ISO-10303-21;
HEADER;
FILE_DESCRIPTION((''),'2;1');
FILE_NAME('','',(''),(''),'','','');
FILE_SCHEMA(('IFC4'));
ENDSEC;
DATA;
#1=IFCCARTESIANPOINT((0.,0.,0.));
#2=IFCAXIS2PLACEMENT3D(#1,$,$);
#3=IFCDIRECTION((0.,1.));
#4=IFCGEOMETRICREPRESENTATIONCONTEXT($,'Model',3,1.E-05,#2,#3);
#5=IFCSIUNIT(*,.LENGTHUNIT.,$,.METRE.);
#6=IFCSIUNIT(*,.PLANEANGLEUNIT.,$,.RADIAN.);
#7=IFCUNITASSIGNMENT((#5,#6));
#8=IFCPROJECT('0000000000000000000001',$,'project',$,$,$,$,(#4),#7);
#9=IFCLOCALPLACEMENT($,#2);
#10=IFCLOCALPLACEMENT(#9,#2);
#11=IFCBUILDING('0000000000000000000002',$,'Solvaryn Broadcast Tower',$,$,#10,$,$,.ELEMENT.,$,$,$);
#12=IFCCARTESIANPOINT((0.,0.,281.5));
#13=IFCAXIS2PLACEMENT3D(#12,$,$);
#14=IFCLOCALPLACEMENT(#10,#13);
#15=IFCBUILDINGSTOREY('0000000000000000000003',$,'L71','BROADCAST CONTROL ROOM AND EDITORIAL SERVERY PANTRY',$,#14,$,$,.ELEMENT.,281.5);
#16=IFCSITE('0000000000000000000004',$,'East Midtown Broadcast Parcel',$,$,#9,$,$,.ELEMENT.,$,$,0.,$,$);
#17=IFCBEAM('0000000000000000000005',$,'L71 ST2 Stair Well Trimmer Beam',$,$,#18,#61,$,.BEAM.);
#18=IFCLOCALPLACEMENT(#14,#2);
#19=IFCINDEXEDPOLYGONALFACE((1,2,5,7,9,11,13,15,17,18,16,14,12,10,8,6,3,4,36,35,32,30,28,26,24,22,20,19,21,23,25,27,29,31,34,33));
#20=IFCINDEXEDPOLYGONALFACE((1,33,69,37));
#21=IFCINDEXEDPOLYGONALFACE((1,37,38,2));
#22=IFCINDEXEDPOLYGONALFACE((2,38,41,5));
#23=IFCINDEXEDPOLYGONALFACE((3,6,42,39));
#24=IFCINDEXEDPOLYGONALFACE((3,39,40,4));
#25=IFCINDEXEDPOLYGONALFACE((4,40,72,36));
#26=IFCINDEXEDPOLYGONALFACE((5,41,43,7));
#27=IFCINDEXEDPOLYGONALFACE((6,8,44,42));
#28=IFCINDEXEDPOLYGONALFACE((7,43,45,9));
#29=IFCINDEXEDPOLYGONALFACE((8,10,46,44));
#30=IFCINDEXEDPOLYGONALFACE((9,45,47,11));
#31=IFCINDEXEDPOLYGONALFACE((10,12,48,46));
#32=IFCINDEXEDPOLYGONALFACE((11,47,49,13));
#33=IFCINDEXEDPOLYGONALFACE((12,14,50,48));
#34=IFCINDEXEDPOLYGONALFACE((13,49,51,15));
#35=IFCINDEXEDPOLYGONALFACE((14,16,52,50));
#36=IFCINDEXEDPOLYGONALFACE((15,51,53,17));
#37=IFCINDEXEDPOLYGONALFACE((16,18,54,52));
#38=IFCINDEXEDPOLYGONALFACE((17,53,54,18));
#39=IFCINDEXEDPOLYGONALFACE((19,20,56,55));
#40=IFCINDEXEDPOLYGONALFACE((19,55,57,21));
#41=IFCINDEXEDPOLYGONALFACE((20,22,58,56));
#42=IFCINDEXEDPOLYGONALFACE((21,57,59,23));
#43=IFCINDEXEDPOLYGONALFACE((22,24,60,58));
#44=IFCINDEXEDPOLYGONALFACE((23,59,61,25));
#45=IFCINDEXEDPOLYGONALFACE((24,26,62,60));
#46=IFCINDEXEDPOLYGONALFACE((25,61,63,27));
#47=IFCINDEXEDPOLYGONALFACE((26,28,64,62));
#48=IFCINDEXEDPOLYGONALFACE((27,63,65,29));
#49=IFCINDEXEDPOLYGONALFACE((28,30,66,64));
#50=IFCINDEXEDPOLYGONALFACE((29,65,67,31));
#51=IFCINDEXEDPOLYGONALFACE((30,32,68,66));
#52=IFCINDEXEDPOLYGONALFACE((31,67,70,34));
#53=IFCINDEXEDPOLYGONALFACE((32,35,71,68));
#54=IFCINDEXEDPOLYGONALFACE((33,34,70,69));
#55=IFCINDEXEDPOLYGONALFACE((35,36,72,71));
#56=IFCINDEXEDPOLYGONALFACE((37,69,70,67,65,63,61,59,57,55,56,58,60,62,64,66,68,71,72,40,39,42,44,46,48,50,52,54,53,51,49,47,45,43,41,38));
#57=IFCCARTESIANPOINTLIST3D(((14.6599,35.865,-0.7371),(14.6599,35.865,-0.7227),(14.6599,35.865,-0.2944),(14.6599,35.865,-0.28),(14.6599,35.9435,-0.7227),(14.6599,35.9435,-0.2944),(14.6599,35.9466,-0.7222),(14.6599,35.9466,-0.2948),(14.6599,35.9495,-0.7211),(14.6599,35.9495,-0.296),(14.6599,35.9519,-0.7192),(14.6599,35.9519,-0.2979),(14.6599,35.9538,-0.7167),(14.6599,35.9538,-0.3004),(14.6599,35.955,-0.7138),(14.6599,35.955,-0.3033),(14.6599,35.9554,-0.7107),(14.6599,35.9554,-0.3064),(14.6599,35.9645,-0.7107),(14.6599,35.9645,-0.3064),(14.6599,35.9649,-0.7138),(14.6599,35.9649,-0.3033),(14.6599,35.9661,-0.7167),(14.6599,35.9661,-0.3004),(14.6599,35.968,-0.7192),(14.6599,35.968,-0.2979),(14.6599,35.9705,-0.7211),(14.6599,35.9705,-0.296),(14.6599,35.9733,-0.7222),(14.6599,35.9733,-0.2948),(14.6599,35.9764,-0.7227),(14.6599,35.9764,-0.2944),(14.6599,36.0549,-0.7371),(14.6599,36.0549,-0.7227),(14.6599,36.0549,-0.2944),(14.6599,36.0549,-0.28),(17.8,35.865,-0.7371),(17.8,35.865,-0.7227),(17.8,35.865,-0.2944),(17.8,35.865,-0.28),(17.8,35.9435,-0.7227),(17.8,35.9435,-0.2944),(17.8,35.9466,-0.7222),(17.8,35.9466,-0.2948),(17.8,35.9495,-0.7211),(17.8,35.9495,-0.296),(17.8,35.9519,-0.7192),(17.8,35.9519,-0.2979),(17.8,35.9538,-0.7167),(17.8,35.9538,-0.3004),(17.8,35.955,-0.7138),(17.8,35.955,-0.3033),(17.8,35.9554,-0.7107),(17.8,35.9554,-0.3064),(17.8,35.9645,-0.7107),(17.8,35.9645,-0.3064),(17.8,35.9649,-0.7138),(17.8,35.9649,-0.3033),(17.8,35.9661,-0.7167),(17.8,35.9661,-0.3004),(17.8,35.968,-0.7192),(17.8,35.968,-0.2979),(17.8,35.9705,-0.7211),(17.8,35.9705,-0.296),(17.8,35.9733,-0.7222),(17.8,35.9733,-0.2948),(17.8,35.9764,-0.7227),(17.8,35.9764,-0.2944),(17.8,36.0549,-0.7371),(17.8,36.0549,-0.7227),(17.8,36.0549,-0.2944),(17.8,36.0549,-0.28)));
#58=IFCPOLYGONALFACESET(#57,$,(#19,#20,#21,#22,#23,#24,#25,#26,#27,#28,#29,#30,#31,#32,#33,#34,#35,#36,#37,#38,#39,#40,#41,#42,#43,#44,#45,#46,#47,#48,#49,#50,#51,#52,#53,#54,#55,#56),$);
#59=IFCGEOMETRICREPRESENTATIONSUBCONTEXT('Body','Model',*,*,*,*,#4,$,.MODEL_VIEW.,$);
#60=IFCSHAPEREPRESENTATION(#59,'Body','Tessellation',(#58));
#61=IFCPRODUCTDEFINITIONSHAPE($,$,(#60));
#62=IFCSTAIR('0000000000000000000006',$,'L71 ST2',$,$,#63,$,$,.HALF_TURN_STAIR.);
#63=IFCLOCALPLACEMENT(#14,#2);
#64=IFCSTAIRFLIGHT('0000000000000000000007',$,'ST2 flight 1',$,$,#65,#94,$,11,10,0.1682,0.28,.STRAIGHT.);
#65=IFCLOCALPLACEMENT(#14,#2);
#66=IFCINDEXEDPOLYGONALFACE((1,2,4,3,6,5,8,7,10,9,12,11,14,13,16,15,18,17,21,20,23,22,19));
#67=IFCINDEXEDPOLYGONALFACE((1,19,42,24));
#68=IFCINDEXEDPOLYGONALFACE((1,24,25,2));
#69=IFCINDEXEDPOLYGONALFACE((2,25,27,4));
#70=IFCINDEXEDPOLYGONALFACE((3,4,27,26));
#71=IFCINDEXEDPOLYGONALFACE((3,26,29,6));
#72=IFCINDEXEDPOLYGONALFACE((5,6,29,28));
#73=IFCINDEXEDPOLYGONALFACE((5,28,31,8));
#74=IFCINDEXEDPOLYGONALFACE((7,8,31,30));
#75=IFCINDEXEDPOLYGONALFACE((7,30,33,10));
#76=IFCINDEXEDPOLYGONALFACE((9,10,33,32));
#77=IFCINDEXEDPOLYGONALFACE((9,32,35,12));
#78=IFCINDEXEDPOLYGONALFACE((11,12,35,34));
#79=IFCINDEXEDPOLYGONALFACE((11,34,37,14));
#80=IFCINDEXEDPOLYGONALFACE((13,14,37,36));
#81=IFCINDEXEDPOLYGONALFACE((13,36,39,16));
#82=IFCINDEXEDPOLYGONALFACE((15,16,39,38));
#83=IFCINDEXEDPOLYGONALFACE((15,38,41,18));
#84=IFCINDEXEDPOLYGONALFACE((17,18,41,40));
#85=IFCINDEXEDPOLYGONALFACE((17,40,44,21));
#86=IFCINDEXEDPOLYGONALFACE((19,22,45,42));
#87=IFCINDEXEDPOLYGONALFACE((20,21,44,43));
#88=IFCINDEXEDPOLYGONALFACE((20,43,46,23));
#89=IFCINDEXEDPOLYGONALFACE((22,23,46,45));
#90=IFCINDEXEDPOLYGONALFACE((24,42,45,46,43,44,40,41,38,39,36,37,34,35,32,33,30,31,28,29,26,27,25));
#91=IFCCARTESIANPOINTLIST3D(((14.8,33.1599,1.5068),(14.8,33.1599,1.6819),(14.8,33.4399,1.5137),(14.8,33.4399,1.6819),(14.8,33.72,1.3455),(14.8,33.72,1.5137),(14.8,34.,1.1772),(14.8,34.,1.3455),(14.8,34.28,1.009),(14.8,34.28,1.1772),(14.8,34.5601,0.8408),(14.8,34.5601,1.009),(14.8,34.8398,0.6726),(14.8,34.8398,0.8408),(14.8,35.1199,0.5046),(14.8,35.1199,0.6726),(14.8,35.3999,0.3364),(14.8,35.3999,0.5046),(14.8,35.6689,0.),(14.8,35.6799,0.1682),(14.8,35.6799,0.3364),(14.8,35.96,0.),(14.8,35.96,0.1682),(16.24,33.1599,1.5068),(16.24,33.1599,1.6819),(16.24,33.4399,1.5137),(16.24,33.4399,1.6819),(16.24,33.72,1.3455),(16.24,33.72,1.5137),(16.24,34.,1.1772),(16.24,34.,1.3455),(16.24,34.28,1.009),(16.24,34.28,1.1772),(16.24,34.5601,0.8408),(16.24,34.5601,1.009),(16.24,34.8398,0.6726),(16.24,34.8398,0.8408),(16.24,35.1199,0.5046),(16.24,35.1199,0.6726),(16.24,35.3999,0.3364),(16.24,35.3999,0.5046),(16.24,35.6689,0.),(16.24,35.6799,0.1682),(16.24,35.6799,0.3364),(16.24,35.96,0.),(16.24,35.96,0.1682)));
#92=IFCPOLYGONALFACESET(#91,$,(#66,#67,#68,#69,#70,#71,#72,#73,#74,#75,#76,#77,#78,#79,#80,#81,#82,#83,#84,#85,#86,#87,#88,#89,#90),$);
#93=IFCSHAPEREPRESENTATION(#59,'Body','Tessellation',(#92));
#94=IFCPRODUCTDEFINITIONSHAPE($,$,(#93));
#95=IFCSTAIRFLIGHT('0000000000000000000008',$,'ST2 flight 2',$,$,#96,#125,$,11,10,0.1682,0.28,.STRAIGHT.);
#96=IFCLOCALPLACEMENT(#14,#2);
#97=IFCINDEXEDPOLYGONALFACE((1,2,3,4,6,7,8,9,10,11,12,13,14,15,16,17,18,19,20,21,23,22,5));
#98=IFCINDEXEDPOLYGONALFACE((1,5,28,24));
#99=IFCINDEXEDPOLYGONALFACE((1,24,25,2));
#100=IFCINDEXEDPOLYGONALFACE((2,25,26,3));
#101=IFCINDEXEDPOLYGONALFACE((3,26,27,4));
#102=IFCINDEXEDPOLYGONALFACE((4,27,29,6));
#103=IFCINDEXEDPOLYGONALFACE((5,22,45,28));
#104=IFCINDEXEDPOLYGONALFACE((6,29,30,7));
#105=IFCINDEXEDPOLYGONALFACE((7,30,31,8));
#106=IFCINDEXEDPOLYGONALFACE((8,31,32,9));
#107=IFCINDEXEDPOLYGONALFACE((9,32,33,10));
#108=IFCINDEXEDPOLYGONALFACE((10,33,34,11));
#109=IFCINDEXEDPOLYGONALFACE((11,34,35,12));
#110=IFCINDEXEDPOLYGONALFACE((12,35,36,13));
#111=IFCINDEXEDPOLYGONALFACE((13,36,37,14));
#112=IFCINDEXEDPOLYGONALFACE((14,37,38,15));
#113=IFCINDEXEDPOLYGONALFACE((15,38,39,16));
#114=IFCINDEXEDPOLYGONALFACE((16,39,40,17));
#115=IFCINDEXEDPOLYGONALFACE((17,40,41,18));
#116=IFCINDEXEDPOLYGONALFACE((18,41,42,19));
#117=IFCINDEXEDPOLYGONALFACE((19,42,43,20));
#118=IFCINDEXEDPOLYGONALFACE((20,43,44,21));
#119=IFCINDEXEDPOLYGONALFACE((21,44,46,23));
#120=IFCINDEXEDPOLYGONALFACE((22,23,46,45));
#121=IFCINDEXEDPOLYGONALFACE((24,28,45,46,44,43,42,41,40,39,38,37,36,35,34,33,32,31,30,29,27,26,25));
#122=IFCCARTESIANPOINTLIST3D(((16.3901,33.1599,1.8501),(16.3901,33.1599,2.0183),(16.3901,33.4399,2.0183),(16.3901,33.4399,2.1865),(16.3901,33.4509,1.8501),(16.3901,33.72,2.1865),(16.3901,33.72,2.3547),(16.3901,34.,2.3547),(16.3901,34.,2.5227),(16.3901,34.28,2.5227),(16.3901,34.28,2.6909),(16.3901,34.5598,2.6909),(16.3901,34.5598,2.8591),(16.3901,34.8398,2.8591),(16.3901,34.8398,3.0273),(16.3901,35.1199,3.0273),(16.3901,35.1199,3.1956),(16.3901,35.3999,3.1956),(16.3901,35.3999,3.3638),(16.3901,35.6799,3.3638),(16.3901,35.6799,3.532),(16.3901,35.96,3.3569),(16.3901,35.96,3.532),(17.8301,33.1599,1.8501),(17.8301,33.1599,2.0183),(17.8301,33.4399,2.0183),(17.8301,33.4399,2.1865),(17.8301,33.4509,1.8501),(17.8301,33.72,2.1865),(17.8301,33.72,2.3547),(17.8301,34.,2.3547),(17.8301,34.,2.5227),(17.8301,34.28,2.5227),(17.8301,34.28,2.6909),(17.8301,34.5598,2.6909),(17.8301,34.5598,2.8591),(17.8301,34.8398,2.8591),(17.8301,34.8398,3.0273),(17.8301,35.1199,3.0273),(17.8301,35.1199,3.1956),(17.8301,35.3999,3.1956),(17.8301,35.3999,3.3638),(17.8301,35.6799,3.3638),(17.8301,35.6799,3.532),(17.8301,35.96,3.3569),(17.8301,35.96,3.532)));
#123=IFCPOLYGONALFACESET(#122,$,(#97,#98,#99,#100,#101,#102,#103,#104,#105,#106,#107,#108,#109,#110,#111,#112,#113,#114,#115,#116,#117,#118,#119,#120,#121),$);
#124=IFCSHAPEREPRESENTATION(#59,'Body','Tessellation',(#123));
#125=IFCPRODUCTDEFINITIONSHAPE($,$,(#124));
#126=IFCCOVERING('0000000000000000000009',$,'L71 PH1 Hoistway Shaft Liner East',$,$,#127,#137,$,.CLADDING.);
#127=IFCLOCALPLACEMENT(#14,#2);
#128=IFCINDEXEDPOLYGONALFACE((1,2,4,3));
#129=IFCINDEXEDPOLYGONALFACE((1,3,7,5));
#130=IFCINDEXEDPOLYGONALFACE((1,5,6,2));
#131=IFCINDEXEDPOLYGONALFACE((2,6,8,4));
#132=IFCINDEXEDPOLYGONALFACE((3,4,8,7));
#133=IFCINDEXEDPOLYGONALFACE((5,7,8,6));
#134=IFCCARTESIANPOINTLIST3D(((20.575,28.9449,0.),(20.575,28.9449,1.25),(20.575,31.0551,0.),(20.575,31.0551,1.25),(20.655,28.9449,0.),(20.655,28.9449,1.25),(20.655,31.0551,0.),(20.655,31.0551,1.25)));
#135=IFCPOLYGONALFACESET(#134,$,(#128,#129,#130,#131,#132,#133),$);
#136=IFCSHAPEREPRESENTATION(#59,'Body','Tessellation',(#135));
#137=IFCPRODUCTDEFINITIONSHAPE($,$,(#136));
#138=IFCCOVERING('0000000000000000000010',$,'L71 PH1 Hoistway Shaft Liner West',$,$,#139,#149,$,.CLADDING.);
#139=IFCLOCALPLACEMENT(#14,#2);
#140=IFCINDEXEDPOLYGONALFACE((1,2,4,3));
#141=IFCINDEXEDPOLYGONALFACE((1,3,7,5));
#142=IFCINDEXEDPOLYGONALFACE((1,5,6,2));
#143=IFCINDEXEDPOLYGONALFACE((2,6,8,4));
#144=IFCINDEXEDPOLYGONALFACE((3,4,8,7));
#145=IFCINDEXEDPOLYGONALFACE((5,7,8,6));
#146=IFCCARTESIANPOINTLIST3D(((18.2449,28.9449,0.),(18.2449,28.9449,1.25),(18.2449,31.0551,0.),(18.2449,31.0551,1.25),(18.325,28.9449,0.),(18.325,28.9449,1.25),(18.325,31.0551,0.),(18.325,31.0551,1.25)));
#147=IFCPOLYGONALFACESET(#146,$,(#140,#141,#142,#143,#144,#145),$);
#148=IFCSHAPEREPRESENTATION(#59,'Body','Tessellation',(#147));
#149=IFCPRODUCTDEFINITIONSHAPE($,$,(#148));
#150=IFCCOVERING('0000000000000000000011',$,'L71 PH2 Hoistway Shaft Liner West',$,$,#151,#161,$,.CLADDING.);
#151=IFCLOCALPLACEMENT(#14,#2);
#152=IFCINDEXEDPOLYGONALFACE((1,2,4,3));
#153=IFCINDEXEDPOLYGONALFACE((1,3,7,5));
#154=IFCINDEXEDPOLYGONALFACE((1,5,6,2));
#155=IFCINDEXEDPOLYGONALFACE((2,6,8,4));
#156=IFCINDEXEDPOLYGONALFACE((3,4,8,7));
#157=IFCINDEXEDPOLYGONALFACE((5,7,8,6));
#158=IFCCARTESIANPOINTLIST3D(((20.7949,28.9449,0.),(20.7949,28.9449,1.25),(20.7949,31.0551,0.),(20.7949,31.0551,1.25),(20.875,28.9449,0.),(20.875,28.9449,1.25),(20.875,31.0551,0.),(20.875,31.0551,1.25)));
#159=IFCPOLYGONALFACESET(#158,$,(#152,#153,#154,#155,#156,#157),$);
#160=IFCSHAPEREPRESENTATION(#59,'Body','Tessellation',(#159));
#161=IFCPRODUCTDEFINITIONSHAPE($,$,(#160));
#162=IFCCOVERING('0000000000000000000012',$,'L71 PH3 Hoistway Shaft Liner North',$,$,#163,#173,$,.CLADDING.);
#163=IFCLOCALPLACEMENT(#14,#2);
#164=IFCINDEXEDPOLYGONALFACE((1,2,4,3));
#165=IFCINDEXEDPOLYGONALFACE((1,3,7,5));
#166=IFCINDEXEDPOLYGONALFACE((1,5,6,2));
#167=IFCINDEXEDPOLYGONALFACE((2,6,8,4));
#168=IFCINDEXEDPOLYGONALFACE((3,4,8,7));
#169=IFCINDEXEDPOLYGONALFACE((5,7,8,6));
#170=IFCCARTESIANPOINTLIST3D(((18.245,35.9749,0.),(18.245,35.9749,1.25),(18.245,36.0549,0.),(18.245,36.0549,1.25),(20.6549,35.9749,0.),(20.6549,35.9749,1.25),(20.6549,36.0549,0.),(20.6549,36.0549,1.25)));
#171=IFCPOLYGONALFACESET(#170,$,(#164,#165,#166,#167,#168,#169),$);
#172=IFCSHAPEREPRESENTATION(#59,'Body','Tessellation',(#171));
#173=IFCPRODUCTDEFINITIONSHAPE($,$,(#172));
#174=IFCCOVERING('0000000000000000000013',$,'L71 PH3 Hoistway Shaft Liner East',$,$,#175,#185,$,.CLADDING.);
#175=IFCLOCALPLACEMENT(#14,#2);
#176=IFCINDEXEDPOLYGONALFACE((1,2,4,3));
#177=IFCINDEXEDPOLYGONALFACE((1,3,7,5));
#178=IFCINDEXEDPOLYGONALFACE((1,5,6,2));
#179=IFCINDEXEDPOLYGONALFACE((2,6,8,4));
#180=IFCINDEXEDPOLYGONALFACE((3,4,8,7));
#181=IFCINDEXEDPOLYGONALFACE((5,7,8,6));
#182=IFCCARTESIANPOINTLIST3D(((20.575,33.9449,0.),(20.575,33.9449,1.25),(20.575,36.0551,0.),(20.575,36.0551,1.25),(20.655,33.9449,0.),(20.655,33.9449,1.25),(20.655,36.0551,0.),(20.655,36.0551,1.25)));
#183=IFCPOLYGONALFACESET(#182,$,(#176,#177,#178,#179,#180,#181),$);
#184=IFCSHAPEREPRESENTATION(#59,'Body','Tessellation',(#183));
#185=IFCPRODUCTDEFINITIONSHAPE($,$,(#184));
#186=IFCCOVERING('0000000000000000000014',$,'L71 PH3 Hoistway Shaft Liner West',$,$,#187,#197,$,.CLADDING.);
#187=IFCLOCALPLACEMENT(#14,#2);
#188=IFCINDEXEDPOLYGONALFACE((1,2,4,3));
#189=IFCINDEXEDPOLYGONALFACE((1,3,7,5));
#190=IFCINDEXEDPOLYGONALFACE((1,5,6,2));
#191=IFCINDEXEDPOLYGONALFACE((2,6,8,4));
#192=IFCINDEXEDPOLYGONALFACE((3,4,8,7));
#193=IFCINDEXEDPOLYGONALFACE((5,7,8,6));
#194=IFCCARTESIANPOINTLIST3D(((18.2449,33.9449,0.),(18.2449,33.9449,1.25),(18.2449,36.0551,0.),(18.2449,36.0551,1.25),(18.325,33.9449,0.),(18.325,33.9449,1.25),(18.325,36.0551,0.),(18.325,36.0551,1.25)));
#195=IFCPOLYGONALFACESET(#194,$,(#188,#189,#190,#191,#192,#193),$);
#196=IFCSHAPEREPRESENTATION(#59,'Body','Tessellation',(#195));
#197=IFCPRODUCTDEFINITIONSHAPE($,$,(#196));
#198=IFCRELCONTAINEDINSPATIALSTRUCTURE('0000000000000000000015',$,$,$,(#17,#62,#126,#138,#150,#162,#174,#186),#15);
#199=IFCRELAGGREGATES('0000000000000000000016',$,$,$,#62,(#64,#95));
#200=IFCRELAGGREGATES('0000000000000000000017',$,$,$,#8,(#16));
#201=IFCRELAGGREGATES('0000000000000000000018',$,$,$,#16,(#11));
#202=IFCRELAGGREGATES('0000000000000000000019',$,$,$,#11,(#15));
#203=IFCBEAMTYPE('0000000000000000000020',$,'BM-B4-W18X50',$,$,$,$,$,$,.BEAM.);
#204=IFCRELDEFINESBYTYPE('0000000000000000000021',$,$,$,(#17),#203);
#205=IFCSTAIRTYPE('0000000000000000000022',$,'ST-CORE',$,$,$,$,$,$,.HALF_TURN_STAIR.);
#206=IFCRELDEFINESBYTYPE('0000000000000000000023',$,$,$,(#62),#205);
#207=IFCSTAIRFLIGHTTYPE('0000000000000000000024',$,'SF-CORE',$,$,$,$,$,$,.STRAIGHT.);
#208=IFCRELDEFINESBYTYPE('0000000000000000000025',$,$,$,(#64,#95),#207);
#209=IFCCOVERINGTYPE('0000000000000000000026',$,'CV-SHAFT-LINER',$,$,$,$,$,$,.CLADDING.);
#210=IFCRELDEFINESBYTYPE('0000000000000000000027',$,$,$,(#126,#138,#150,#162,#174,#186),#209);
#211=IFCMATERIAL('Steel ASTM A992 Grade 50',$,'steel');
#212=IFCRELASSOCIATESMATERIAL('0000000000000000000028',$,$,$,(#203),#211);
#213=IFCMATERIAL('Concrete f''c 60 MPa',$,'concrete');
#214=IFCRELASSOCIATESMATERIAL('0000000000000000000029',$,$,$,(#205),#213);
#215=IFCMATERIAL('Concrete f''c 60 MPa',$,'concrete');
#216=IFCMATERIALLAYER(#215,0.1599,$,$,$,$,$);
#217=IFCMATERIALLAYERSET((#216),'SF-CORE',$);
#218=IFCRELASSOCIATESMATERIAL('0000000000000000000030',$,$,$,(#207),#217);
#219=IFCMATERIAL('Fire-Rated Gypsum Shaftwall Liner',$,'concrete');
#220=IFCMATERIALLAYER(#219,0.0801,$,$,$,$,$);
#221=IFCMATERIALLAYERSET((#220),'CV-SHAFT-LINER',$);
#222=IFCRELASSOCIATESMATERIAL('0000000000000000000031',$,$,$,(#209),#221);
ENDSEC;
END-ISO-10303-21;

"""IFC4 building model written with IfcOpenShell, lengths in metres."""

from ifc_helpers import new_model, si_unit, direction, frame, origin, origin_2d, place, context, subcontext, project, spatial, polyline, rectangle, i_section, outline, extrude, material, layer, layer_set, material_profile, profile_set, type_object, element, aggregate, save


model = new_model("IFC4")

# Units and contexts
model_context = context("Model", 3, precision=1e-05, world=origin(), true_north=direction((0.0, 1.0)))
body_context = subcontext(model_context, "Body", "Model", "MODEL_VIEW")
ifc_project = project(units=[si_unit("LENGTHUNIT", "METRE"), si_unit("PLANEANGLEUNIT", "RADIAN")], contexts=[model_context])

# Site, building, storey
site_placement = place(None, origin())
site = spatial("IfcSite", under=ifc_project, at=site_placement, Name="East Midtown Broadcast Parcel", CompositionType="ELEMENT", RefElevation=0.0)
building_placement = place(site_placement, origin())
building = spatial("IfcBuilding", under=site, at=building_placement, Name="Solvaryn Broadcast Tower", CompositionType="ELEMENT")
storey_placement = place(building_placement, frame((0.0, 0.0, 281.5)))
storey = spatial("IfcBuildingStorey", under=building, at=storey_placement, Name="L71", Description="BROADCAST CONTROL ROOM AND EDITORIAL SERVERY PANTRY", CompositionType="ELEMENT", Elevation=281.5)

# Beam
ifc_material_1 = material(Name="Steel ASTM A992 Grade 50", Category="steel")
ifc_material_profile = material_profile(ifc_material_1, i_section(OverallWidth=0.1899, OverallDepth=0.457, WebThickness=0.009, FlangeThickness=0.0144, FilletRadius=0.012, at=origin_2d()))
ifc_profile_set = profile_set([ifc_material_profile], Name="Steel ASTM A992 Grade 50")
beam_type = type_object("IfcBeamType", Name="BM-B4-W18X50", PredefinedType="BEAM", material=ifc_profile_set)
beam_placement = place(storey_placement, frame((14.6599, 35.96, -0.5085), z_axis=(1.0, 0.0, 0.0), x_axis=(0.0, 1.0, 0.0)))
element("IfcBeam", 1, at=beam_placement, inside=storey, type_object=beam_type, Name="L71 ST2 Stair Well Trimmer Beam", PredefinedType="BEAM", context=body_context, shape_type="SweptSolid", body=[
    extrude(i_section(OverallWidth=0.1899, OverallDepth=0.457, WebThickness=0.009, FlangeThickness=0.0144, FilletRadius=0.012, at=origin_2d()), origin(), (0.0, 0.0, 1.0), 3.1401),
])

# Stair, stair flights
ifc_material_2 = material(Name="Concrete f'c 60 MPa", Category="concrete")
stair_type = type_object("IfcStairType", Name="ST-CORE", PredefinedType="HALF_TURN_STAIR", material=ifc_material_2)
stair_placement = place(storey_placement, origin())
stair = element("IfcStair", 2, at=stair_placement, inside=storey, type_object=stair_type, Name="L71 ST2", PredefinedType="HALF_TURN_STAIR")
ifc_material_3 = material(Name="Concrete f'c 60 MPa", Category="concrete")
ifc_layer_1 = layer(ifc_material_3, 0.1599)
ifc_layer_set_1 = layer_set([ifc_layer_1], Name="SF-CORE")
stair_flight_type = type_object("IfcStairFlightType", Name="SF-CORE", PredefinedType="STRAIGHT", material=ifc_layer_set_1)
stair_flight_1_placement = place(storey_placement, frame((15.52, 35.96, 0.0), z_axis=(0.0, 0.0, 1.0), x_axis=(0.0, -1.0, 0.0)))
stair_flight_1 = element("IfcStairFlight", 3, at=stair_flight_1_placement, type_object=stair_flight_type, Name="ST2 flight 1", NumberOfRisers=11, NumberOfTreads=10, PredefinedType="STRAIGHT", RiserHeight=0.1682, TreadLength=0.28, context=body_context, shape_type="SweptSolid", body=[
    extrude(outline(polyline([(0.0, 0.0), (0.0, 0.1682), (0.28, 0.1682), (0.28, 0.3364), (0.5601, 0.3364), (0.5601, 0.5046), (0.8401, 0.5046), (0.8401, 0.6726), (1.1201, 0.6726), (1.1201, 0.8408), (1.3999, 0.8408), (1.3999, 1.009), (1.6799, 1.009), (1.6799, 1.1772), (1.96, 1.1772), (1.96, 1.3455), (2.24, 1.3455), (2.24, 1.5137), (2.52, 1.5137), (2.52, 1.6819), (2.8, 1.6819), (2.8, 1.8501), (2.8, 1.5068), (0.291, 0.0), (0.0, 0.0)])), frame((0.0, 0.72, 0.0), z_axis=(0.0, -1.0, 0.0), x_axis=(1.0, 0.0, 0.0)), (0.0, 0.0, 1.0), 1.4399),
])
stair_flight_2_placement = place(storey_placement, frame((17.1101, 33.1599, 1.8501), z_axis=(0.0, 0.0, 1.0), x_axis=(0.0, 1.0, 0.0)))
stair_flight_2 = element("IfcStairFlight", 4, at=stair_flight_2_placement, type_object=stair_flight_type, Name="ST2 flight 2", NumberOfRisers=11, NumberOfTreads=10, PredefinedType="STRAIGHT", RiserHeight=0.1682, TreadLength=0.28, context=body_context, shape_type="SweptSolid", body=[
    extrude(outline(polyline([(0.0, 0.0), (0.0, 0.1682), (0.28, 0.1682), (0.28, 0.3364), (0.5601, 0.3364), (0.5601, 0.5046), (0.8401, 0.5046), (0.8401, 0.6726), (1.1201, 0.6726), (1.1201, 0.8408), (1.3999, 0.8408), (1.3999, 1.009), (1.6799, 1.009), (1.6799, 1.1772), (1.96, 1.1772), (1.96, 1.3455), (2.24, 1.3455), (2.24, 1.5137), (2.52, 1.5137), (2.52, 1.6819), (2.8, 1.6819), (2.8, 1.8501), (2.8, 1.5068), (0.291, 0.0), (0.0, 0.0)])), frame((0.0, 0.72, 0.0), z_axis=(0.0, -1.0, 0.0), x_axis=(1.0, 0.0, 0.0)), (0.0, 0.0, 1.0), 1.4399),
])
aggregate(stair, [stair_flight_1, stair_flight_2])

# Coverings
ifc_material_4 = material(Name="Fire-Rated Gypsum Shaftwall Liner", Category="concrete")
ifc_layer_2 = layer(ifc_material_4, 0.0801)
ifc_layer_set_2 = layer_set([ifc_layer_2], Name="CV-SHAFT-LINER")
covering_type = type_object("IfcCoveringType", Name="CV-SHAFT-LINER", PredefinedType="CLADDING", material=ifc_layer_set_2)
for number, where, z_axis, x_axis, name in (
    (5, (20.615, 30.0, 0.0), (0.0, 0.0, 1.0), (1.0, 0.0, 0.0), "L71 PH1 Hoistway Shaft Liner East"),
    (6, (18.2849, 30.0, 0.0), (0.0, 0.0, 1.0), (1.0, 0.0, 0.0), "L71 PH1 Hoistway Shaft Liner West"),
    (7, (20.835, 30.0, 0.0), (0.0, 0.0, 1.0), (1.0, 0.0, 0.0), "L71 PH2 Hoistway Shaft Liner West"),
):
    element("IfcCovering", number, at=place(storey_placement, frame(where, z_axis=z_axis, x_axis=x_axis)), inside=storey, type_object=covering_type, Name=name, PredefinedType="CLADDING", context=body_context, shape_type="SweptSolid", body=[
        extrude(rectangle(XDim=0.0801, YDim=2.1101, at=origin_2d()), origin(), (0.0, 0.0, 1.0), 1.25),
    ])
covering_placement = place(storey_placement, frame((19.45, 36.0149, 0.0), z_axis=(0.0, 0.0, 1.0), x_axis=(1.0, 0.0, 0.0)))
element("IfcCovering", 8, at=covering_placement, inside=storey, type_object=covering_type, Name="L71 PH3 Hoistway Shaft Liner North", PredefinedType="CLADDING", context=body_context, shape_type="SweptSolid", body=[
    extrude(rectangle(XDim=2.4099, YDim=0.0801, at=origin_2d()), origin(), (0.0, 0.0, 1.0), 1.25),
])
for number, where, z_axis, x_axis, name in (
    (9, (20.615, 35.0, 0.0), (0.0, 0.0, 1.0), (1.0, 0.0, 0.0), "L71 PH3 Hoistway Shaft Liner East"),
    (10, (18.2849, 35.0, 0.0), (0.0, 0.0, 1.0), (1.0, 0.0, 0.0), "L71 PH3 Hoistway Shaft Liner West"),
):
    element("IfcCovering", number, at=place(storey_placement, frame(where, z_axis=z_axis, x_axis=x_axis)), inside=storey, type_object=covering_type, Name=name, PredefinedType="CLADDING", context=body_context, shape_type="SweptSolid", body=[
        extrude(rectangle(XDim=0.0801, YDim=2.1101, at=origin_2d()), origin(), (0.0, 0.0, 1.0), 1.25),
    ])

save(model, "model.ifc")
